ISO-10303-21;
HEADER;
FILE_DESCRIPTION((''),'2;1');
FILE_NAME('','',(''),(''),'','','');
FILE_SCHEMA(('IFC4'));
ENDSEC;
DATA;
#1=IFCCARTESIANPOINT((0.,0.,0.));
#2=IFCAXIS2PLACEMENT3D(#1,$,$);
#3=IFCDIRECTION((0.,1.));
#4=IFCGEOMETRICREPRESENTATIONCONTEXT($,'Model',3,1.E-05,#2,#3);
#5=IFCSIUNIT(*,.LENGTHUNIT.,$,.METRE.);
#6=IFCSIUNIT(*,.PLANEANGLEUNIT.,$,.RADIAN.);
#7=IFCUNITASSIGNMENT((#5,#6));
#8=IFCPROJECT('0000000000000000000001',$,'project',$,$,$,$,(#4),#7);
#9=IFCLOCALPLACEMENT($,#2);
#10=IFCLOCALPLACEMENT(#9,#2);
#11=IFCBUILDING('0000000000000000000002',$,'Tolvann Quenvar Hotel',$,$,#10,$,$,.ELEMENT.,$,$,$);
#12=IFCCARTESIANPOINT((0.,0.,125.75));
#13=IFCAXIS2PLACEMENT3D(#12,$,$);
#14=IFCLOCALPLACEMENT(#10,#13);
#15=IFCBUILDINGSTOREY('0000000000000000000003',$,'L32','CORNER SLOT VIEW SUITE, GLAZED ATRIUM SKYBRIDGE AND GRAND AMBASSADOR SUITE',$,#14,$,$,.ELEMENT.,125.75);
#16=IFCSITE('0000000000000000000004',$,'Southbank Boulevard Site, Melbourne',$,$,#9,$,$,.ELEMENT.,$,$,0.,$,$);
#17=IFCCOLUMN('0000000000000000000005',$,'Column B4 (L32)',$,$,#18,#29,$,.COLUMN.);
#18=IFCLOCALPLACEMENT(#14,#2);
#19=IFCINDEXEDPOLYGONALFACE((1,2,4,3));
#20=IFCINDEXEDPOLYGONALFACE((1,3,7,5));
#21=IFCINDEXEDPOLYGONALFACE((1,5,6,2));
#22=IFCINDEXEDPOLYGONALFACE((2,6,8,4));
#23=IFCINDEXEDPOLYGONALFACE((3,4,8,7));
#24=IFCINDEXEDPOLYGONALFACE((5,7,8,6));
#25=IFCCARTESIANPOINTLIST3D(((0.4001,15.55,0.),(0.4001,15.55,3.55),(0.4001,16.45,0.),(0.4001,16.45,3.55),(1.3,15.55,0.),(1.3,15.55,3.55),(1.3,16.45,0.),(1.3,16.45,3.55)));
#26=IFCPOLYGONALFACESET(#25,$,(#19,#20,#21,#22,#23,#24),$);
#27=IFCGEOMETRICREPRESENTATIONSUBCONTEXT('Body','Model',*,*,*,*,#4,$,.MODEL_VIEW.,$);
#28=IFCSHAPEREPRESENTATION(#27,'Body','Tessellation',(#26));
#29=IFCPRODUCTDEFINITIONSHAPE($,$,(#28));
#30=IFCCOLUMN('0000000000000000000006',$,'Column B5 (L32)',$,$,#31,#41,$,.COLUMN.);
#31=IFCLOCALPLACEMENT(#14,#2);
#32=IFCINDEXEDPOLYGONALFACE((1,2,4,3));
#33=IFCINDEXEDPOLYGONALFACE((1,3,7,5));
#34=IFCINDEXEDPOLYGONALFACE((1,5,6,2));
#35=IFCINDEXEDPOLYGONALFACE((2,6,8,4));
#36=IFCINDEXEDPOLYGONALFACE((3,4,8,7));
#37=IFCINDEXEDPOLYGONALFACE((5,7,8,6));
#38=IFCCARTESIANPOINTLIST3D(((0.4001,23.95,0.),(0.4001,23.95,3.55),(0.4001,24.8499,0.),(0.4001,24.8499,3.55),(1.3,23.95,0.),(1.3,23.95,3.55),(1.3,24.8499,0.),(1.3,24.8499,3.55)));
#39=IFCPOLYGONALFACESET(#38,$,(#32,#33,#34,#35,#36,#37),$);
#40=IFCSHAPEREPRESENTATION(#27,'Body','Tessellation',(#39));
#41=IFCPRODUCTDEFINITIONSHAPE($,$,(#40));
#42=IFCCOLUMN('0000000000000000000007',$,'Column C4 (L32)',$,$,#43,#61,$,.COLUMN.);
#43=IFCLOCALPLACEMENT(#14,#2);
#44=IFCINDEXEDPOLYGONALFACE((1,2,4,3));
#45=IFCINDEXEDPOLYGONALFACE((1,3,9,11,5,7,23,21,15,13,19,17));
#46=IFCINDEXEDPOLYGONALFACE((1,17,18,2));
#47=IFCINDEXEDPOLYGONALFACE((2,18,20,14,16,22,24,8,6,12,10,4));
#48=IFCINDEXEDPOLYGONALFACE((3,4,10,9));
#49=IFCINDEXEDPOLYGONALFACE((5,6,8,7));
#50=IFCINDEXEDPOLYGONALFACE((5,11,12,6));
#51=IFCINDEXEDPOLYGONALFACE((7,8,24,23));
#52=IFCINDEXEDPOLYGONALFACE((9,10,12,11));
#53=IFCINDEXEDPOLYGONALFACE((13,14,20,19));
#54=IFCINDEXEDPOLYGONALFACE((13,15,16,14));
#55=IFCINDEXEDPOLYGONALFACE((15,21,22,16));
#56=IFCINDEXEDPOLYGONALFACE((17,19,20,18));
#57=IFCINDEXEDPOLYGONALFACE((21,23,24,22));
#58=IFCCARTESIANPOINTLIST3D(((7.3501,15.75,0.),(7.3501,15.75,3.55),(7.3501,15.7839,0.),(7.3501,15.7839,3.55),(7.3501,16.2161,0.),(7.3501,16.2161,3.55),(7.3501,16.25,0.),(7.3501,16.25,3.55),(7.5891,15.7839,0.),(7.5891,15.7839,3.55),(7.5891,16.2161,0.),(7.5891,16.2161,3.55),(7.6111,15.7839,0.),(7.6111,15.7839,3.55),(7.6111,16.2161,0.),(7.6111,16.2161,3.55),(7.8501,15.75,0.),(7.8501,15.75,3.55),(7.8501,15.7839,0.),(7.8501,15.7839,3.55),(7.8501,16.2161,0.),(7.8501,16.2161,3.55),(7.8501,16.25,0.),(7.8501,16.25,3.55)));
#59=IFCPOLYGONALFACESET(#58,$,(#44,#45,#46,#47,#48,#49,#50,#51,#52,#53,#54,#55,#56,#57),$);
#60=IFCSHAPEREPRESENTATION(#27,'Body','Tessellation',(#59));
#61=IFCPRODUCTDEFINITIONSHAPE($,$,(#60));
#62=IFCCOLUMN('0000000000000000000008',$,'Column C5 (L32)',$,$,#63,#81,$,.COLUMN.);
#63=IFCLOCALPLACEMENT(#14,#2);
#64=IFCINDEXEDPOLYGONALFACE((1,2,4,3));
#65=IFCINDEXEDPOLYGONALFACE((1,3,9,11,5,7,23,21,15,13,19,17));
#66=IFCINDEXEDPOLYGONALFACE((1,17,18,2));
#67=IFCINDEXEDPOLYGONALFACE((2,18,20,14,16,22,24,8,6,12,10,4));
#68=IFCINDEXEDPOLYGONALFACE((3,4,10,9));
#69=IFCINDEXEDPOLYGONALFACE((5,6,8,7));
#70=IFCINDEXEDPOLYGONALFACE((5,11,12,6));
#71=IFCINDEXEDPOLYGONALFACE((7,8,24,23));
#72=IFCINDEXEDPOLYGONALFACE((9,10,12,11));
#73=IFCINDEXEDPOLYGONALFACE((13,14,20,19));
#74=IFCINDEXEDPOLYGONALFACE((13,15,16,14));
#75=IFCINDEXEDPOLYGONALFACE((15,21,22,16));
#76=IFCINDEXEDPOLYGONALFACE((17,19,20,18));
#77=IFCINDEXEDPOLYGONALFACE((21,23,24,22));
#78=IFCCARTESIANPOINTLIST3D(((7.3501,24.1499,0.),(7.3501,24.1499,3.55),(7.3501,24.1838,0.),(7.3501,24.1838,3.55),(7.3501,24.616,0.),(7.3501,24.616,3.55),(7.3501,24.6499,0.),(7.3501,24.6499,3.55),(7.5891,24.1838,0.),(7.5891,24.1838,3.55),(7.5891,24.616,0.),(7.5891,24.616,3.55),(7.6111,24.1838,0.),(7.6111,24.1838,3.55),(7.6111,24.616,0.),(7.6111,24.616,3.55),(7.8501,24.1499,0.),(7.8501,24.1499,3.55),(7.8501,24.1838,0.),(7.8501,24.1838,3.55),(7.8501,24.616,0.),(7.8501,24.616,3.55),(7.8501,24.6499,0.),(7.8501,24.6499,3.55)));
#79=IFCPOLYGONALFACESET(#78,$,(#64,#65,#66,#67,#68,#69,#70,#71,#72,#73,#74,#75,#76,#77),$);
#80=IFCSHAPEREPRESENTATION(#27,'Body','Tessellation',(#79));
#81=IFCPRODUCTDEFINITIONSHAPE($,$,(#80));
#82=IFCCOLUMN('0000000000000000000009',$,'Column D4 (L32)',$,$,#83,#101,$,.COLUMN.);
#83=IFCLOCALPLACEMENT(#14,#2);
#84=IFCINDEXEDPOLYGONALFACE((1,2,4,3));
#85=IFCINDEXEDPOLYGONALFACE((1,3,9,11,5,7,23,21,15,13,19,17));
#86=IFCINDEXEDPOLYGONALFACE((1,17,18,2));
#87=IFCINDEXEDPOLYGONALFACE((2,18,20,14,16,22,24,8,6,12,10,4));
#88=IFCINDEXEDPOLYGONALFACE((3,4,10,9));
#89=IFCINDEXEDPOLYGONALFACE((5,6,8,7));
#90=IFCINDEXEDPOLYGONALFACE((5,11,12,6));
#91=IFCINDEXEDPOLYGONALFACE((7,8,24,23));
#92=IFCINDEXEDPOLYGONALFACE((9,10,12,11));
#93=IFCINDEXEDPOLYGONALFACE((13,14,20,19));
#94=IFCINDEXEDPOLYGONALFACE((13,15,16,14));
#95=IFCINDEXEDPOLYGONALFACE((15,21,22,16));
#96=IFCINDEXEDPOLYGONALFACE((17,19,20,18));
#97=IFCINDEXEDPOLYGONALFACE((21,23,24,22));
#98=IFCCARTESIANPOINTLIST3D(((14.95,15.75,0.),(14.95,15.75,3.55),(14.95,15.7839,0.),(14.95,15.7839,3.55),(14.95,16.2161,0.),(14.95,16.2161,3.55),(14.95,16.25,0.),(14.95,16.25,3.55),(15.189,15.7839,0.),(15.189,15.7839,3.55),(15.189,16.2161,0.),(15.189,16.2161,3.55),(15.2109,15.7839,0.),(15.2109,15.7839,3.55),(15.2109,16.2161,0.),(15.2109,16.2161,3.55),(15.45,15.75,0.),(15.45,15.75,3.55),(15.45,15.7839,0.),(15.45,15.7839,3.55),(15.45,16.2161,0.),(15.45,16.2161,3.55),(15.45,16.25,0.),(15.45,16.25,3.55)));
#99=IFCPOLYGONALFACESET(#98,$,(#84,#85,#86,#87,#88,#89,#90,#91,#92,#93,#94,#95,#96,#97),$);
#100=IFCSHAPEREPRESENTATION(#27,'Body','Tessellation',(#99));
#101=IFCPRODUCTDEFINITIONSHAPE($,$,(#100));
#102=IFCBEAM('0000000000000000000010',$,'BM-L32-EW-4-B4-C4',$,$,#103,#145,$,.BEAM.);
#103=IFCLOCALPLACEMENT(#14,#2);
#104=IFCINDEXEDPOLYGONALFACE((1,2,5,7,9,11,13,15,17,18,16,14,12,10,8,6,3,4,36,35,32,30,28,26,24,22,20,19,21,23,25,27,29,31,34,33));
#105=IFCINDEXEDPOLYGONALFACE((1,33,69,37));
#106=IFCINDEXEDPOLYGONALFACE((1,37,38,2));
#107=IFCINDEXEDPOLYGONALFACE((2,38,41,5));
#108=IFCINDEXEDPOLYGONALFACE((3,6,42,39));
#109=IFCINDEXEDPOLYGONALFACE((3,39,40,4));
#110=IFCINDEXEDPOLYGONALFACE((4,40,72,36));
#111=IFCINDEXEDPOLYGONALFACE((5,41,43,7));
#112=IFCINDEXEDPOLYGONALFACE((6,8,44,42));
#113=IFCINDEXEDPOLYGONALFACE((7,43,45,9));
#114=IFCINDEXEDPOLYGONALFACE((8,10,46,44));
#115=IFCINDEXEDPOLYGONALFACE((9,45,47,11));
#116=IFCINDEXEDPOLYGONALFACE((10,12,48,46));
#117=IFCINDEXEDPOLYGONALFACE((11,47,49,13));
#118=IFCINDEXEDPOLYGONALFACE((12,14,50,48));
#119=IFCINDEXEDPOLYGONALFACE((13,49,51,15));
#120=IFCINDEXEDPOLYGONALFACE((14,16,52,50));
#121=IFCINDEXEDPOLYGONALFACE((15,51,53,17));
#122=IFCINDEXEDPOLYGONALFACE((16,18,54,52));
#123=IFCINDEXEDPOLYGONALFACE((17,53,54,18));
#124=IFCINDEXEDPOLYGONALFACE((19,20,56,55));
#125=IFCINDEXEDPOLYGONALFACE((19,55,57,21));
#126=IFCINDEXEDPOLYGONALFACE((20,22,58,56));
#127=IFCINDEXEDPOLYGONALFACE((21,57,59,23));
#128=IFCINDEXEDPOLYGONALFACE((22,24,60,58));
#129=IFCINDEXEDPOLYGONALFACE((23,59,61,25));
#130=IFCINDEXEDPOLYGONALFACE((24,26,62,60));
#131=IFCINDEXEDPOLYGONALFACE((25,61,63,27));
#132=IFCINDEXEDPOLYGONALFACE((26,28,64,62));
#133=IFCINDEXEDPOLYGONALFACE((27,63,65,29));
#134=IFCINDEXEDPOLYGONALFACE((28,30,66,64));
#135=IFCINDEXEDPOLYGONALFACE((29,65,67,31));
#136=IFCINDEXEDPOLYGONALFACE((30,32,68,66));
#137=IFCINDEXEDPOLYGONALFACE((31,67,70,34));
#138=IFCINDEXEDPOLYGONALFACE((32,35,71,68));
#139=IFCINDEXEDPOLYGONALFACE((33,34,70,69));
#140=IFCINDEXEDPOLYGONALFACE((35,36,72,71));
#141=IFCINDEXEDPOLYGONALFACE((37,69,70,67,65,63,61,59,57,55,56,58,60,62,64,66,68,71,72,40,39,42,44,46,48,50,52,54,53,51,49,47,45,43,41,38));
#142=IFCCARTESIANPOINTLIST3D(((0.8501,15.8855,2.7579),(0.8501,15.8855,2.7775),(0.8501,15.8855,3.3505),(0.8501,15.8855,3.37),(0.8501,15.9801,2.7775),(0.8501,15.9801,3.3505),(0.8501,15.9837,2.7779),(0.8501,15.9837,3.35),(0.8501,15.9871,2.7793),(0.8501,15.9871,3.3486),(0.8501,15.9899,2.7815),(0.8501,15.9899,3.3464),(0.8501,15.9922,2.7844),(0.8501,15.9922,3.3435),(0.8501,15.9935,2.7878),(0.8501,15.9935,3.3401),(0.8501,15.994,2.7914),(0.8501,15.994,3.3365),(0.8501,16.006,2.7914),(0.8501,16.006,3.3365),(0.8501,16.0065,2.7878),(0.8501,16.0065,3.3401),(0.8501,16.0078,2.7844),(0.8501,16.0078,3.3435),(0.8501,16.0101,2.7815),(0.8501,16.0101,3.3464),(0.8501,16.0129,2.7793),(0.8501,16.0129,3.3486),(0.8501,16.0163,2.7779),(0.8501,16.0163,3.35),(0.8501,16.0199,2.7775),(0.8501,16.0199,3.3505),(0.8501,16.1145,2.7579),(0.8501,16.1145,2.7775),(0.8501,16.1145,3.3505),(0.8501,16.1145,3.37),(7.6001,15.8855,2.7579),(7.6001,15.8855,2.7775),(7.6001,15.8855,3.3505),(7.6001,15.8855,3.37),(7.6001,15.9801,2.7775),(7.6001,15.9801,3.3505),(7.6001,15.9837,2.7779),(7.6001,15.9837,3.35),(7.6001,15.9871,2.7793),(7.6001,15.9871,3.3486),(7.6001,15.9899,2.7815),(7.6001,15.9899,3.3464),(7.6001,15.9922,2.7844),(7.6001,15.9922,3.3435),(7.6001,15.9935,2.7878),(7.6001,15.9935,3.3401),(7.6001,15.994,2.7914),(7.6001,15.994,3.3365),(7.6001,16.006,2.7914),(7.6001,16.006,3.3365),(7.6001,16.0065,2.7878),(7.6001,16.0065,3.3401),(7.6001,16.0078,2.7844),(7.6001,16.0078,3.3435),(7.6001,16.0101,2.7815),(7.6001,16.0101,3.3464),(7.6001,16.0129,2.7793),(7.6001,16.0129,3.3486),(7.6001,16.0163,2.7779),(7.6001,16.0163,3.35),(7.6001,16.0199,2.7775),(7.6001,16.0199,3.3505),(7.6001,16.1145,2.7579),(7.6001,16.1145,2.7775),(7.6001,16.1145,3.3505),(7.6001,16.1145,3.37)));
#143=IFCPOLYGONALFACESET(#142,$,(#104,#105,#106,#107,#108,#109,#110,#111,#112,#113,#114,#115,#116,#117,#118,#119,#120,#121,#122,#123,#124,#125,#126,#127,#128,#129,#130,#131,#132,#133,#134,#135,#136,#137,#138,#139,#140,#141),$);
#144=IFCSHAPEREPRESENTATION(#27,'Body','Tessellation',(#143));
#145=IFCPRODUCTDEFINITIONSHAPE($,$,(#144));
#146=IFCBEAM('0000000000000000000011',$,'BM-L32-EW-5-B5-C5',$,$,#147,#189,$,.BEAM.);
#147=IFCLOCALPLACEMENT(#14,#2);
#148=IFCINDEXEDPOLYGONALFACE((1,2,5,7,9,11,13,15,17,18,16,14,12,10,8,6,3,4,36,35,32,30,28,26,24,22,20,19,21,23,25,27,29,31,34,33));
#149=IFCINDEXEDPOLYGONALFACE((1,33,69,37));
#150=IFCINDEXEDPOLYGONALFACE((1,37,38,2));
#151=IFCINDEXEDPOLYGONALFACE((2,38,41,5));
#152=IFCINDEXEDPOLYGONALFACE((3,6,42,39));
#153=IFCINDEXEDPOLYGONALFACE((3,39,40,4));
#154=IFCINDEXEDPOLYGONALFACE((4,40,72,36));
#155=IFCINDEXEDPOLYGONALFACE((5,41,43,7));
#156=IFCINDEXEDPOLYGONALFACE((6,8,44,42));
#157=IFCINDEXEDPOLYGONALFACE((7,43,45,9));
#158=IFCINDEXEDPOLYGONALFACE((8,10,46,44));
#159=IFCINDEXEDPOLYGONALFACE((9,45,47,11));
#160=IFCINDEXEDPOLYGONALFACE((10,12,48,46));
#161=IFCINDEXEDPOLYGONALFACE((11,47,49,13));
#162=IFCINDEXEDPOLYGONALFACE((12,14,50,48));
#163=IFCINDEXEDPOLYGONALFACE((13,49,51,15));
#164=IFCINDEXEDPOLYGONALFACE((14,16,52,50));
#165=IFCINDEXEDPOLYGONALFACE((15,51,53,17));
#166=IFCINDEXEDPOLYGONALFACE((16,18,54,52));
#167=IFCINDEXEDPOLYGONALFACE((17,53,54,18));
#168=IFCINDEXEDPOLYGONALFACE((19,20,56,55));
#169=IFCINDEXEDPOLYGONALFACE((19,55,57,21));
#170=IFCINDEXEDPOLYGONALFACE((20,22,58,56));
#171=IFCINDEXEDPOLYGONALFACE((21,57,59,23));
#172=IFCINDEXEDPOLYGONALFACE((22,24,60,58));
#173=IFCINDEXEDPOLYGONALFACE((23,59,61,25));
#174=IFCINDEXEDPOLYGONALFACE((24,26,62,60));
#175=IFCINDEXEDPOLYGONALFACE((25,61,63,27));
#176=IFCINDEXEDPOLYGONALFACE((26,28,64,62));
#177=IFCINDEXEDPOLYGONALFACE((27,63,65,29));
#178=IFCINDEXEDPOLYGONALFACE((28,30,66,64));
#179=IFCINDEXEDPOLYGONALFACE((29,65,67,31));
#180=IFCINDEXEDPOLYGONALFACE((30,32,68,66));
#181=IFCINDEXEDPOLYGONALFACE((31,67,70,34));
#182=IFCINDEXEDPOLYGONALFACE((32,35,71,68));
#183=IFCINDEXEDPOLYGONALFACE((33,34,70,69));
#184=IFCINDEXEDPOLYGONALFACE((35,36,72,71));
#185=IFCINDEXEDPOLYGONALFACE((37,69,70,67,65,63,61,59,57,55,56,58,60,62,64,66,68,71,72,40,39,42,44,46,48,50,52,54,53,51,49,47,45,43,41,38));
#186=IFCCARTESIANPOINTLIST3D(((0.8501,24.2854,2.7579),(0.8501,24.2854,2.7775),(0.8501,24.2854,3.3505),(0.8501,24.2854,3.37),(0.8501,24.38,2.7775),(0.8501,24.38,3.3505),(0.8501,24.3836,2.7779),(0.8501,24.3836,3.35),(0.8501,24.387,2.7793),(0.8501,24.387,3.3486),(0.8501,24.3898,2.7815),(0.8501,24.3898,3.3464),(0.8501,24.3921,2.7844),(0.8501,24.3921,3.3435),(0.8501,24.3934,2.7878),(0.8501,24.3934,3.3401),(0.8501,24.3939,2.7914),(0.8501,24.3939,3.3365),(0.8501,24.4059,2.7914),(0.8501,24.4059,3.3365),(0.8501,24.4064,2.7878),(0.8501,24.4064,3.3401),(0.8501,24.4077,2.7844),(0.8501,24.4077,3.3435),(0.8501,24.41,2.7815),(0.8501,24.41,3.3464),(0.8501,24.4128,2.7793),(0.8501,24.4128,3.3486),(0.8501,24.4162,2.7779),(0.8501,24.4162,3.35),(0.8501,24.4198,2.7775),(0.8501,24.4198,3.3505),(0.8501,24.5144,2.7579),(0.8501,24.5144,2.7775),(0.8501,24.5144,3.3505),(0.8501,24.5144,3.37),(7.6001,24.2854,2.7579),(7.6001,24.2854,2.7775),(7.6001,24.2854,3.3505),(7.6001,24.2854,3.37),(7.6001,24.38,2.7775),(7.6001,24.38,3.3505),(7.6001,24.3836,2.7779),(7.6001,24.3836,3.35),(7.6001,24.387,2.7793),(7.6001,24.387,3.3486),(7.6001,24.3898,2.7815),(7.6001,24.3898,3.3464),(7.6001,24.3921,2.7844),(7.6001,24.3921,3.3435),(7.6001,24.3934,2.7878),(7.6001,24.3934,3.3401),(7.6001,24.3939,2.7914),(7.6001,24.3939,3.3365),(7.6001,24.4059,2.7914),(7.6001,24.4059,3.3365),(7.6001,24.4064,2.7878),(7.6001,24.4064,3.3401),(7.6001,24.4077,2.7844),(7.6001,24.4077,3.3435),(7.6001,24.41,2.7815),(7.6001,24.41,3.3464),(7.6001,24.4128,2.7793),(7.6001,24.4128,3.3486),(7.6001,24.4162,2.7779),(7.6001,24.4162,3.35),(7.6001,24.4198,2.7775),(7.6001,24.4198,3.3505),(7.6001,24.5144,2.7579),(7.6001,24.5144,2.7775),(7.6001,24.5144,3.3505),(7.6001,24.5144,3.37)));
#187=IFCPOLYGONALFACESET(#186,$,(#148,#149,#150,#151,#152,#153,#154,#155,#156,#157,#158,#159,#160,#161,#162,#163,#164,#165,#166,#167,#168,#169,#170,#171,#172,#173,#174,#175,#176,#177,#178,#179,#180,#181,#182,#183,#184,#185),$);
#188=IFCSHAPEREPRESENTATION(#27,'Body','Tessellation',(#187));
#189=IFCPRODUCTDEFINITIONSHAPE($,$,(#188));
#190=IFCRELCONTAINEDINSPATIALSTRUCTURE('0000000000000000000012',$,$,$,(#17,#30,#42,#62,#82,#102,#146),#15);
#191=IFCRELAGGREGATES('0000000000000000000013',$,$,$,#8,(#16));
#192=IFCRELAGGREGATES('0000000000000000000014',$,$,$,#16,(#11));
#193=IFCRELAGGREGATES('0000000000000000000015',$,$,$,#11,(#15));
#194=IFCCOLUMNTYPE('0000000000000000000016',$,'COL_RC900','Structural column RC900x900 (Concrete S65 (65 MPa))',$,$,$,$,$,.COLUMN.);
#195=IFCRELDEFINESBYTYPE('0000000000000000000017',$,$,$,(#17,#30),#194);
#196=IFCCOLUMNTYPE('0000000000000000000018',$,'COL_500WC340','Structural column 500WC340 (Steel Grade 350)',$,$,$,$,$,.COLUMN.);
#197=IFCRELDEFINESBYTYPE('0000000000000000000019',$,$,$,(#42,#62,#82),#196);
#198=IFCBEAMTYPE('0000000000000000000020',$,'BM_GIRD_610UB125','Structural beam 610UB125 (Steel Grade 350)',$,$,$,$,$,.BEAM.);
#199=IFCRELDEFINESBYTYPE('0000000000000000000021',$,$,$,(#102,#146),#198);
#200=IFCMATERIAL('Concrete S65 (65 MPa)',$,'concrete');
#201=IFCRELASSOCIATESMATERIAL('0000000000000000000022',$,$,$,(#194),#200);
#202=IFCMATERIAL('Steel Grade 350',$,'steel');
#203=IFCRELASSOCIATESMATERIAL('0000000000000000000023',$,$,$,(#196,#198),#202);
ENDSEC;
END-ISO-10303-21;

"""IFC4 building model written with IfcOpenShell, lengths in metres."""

from ifc_helpers import new_model, si_unit, direction, frame, origin, origin_2d, place, context, subcontext, project, spatial, rectangle, i_section, extrude, source, transform, mapped, material, material_profile, profile_set, type_object, type_shapes, element, save


model = new_model("IFC4")

# Units and contexts
model_context = context("Model", 3, precision=1e-05, world=origin(), true_north=direction((0.0, 1.0)))
body_context = subcontext(model_context, "Body", "Model", "MODEL_VIEW")
ifc_project = project(units=[si_unit("LENGTHUNIT", "METRE"), si_unit("PLANEANGLEUNIT", "RADIAN")], contexts=[model_context])

# Site, building, storey
site_placement = place(None, origin())
site = spatial("IfcSite", under=ifc_project, at=site_placement, Name="Southbank Boulevard Site, Melbourne", CompositionType="ELEMENT", RefElevation=0.0)
building_placement = place(site_placement, origin())
building = spatial("IfcBuilding", under=site, at=building_placement, Name="Tolvann Quenvar Hotel", CompositionType="ELEMENT")
storey_placement = place(building_placement, frame((0.0, 0.0, 125.75)))
storey = spatial("IfcBuildingStorey", under=building, at=storey_placement, Name="L32", Description="CORNER SLOT VIEW SUITE, GLAZED ATRIUM SKYBRIDGE AND GRAND AMBASSADOR SUITE", CompositionType="ELEMENT", Elevation=125.75)

# Columns
ifc_material_1 = material(Name="Concrete S65 (65 MPa)", Category="concrete")
ifc_material_profile_1 = material_profile(ifc_material_1, rectangle(XDim=0.8999, YDim=0.8999, at=origin_2d()), Name="RC900x900")
ifc_profile_set_1 = profile_set([ifc_material_profile_1], Name="Concrete S65 (65 MPa)")
column_type_1 = type_object("IfcColumnType", Name="COL_RC900", Description="Structural column RC900x900 (Concrete S65 (65 MPa))", PredefinedType="COLUMN", material=ifc_profile_set_1)
shared_shape_1 = source(origin(), body_context, "Body", "SweptSolid", [
    extrude(rectangle(XDim=0.8999, YDim=0.8999, at=origin_2d()), origin(), (0.0, 0.0, 1.0), 3.55),
])
type_shapes(column_type_1, [shared_shape_1])
for number, where, z_axis, x_axis, name in (
    (1, (0.8501, 16.0, 0.0), (0.0, 0.0, 1.0), (1.0, 0.0, 0.0), "Column B4 (L32)"),
    (2, (0.8501, 24.3999, 0.0), (0.0, 0.0, 1.0), (1.0, 0.0, 0.0), "Column B5 (L32)"),
):
    element("IfcColumn", number, at=place(storey_placement, frame(where, z_axis=z_axis, x_axis=x_axis)), inside=storey, type_object=column_type_1, Name=name, PredefinedType="COLUMN", context=body_context, shape_type="MappedRepresentation", body=[
        mapped(shared_shape_1, transform((0.0, 0.0, 0.0), x_axis=(1.0, 0.0, 0.0), y_axis=(0.0, 1.0, 0.0), z_axis=(0.0, 0.0, 1.0), scale=1.0)),
    ])
ifc_material_2 = material(Name="Steel Grade 350", Category="steel")
ifc_material_profile_2 = material_profile(ifc_material_2, i_section(OverallWidth=0.5, OverallDepth=0.5, WebThickness=0.022, FlangeThickness=0.0339, at=origin_2d()), Name="500WC340")
ifc_profile_set_2 = profile_set([ifc_material_profile_2], Name="Steel Grade 350")
column_type_2 = type_object("IfcColumnType", Name="COL_500WC340", Description="Structural column 500WC340 (Steel Grade 350)", PredefinedType="COLUMN", material=ifc_profile_set_2)
shared_shape_2 = source(origin(), body_context, "Body", "SweptSolid", [
    extrude(i_section(OverallWidth=0.5, OverallDepth=0.5, WebThickness=0.022, FlangeThickness=0.0339, at=origin_2d()), origin(), (0.0, 0.0, 1.0), 3.55),
])
type_shapes(column_type_2, [shared_shape_2])
for number, where, z_axis, x_axis, name in (
    (3, (7.6001, 16.0, 0.0), (0.0, 0.0, 1.0), (1.0, 0.0, 0.0), "Column C4 (L32)"),
    (4, (7.6001, 24.3999, 0.0), (0.0, 0.0, 1.0), (1.0, 0.0, 0.0), "Column C5 (L32)"),
    (5, (15.2, 16.0, 0.0), (0.0, 0.0, 1.0), (1.0, 0.0, 0.0), "Column D4 (L32)"),
):
    element("IfcColumn", number, at=place(storey_placement, frame(where, z_axis=z_axis, x_axis=x_axis)), inside=storey, type_object=column_type_2, Name=name, PredefinedType="COLUMN", context=body_context, shape_type="MappedRepresentation", body=[
        mapped(shared_shape_2, transform((0.0, 0.0, 0.0), x_axis=(1.0, 0.0, 0.0), y_axis=(0.0, 1.0, 0.0), z_axis=(0.0, 0.0, 1.0), scale=1.0)),
    ])

# Beams
ifc_material_profile_3 = material_profile(ifc_material_2, i_section(OverallWidth=0.229, OverallDepth=0.6121, WebThickness=0.012, FlangeThickness=0.0195, FilletRadius=0.0139, at=origin_2d()), Name="610UB125")
ifc_profile_set_3 = profile_set([ifc_material_profile_3], Name="Steel Grade 350")
beam_type_1 = type_object("IfcBeamType", Name="BM_GIRD_610UB125", Description="Structural beam 610UB125 (Steel Grade 350)", PredefinedType="BEAM", material=ifc_profile_set_3)
shared_shape_3 = source(origin(), body_context, "Body", "SweptSolid", [
    extrude(i_section(OverallWidth=0.229, OverallDepth=0.6121, WebThickness=0.012, FlangeThickness=0.0195, FilletRadius=0.0139, at=origin_2d()), origin(), (0.0, 0.0, 1.0), 6.75),
])
for number, where, z_axis, x_axis, name in (
    (6, (0.8501, 16.0, 3.064), (1.0, 0.0, 0.0), (0.0, 1.0, 0.0), "BM-L32-EW-4-B4-C4"),
    (7, (0.8501, 24.3999, 3.064), (1.0, 0.0, 0.0), (0.0, 1.0, 0.0), "BM-L32-EW-5-B5-C5"),
):
    element("IfcBeam", number, at=place(storey_placement, frame(where, z_axis=z_axis, x_axis=x_axis)), inside=storey, type_object=beam_type_1, Name=name, PredefinedType="BEAM", context=body_context, shape_type="MappedRepresentation", body=[
        mapped(shared_shape_3, transform((0.0, 0.0, 0.0), x_axis=(1.0, 0.0, 0.0), y_axis=(0.0, 1.0, 0.0), z_axis=(0.0, 0.0, 1.0), scale=1.0)),
    ])

save(model, "model.ifc")
